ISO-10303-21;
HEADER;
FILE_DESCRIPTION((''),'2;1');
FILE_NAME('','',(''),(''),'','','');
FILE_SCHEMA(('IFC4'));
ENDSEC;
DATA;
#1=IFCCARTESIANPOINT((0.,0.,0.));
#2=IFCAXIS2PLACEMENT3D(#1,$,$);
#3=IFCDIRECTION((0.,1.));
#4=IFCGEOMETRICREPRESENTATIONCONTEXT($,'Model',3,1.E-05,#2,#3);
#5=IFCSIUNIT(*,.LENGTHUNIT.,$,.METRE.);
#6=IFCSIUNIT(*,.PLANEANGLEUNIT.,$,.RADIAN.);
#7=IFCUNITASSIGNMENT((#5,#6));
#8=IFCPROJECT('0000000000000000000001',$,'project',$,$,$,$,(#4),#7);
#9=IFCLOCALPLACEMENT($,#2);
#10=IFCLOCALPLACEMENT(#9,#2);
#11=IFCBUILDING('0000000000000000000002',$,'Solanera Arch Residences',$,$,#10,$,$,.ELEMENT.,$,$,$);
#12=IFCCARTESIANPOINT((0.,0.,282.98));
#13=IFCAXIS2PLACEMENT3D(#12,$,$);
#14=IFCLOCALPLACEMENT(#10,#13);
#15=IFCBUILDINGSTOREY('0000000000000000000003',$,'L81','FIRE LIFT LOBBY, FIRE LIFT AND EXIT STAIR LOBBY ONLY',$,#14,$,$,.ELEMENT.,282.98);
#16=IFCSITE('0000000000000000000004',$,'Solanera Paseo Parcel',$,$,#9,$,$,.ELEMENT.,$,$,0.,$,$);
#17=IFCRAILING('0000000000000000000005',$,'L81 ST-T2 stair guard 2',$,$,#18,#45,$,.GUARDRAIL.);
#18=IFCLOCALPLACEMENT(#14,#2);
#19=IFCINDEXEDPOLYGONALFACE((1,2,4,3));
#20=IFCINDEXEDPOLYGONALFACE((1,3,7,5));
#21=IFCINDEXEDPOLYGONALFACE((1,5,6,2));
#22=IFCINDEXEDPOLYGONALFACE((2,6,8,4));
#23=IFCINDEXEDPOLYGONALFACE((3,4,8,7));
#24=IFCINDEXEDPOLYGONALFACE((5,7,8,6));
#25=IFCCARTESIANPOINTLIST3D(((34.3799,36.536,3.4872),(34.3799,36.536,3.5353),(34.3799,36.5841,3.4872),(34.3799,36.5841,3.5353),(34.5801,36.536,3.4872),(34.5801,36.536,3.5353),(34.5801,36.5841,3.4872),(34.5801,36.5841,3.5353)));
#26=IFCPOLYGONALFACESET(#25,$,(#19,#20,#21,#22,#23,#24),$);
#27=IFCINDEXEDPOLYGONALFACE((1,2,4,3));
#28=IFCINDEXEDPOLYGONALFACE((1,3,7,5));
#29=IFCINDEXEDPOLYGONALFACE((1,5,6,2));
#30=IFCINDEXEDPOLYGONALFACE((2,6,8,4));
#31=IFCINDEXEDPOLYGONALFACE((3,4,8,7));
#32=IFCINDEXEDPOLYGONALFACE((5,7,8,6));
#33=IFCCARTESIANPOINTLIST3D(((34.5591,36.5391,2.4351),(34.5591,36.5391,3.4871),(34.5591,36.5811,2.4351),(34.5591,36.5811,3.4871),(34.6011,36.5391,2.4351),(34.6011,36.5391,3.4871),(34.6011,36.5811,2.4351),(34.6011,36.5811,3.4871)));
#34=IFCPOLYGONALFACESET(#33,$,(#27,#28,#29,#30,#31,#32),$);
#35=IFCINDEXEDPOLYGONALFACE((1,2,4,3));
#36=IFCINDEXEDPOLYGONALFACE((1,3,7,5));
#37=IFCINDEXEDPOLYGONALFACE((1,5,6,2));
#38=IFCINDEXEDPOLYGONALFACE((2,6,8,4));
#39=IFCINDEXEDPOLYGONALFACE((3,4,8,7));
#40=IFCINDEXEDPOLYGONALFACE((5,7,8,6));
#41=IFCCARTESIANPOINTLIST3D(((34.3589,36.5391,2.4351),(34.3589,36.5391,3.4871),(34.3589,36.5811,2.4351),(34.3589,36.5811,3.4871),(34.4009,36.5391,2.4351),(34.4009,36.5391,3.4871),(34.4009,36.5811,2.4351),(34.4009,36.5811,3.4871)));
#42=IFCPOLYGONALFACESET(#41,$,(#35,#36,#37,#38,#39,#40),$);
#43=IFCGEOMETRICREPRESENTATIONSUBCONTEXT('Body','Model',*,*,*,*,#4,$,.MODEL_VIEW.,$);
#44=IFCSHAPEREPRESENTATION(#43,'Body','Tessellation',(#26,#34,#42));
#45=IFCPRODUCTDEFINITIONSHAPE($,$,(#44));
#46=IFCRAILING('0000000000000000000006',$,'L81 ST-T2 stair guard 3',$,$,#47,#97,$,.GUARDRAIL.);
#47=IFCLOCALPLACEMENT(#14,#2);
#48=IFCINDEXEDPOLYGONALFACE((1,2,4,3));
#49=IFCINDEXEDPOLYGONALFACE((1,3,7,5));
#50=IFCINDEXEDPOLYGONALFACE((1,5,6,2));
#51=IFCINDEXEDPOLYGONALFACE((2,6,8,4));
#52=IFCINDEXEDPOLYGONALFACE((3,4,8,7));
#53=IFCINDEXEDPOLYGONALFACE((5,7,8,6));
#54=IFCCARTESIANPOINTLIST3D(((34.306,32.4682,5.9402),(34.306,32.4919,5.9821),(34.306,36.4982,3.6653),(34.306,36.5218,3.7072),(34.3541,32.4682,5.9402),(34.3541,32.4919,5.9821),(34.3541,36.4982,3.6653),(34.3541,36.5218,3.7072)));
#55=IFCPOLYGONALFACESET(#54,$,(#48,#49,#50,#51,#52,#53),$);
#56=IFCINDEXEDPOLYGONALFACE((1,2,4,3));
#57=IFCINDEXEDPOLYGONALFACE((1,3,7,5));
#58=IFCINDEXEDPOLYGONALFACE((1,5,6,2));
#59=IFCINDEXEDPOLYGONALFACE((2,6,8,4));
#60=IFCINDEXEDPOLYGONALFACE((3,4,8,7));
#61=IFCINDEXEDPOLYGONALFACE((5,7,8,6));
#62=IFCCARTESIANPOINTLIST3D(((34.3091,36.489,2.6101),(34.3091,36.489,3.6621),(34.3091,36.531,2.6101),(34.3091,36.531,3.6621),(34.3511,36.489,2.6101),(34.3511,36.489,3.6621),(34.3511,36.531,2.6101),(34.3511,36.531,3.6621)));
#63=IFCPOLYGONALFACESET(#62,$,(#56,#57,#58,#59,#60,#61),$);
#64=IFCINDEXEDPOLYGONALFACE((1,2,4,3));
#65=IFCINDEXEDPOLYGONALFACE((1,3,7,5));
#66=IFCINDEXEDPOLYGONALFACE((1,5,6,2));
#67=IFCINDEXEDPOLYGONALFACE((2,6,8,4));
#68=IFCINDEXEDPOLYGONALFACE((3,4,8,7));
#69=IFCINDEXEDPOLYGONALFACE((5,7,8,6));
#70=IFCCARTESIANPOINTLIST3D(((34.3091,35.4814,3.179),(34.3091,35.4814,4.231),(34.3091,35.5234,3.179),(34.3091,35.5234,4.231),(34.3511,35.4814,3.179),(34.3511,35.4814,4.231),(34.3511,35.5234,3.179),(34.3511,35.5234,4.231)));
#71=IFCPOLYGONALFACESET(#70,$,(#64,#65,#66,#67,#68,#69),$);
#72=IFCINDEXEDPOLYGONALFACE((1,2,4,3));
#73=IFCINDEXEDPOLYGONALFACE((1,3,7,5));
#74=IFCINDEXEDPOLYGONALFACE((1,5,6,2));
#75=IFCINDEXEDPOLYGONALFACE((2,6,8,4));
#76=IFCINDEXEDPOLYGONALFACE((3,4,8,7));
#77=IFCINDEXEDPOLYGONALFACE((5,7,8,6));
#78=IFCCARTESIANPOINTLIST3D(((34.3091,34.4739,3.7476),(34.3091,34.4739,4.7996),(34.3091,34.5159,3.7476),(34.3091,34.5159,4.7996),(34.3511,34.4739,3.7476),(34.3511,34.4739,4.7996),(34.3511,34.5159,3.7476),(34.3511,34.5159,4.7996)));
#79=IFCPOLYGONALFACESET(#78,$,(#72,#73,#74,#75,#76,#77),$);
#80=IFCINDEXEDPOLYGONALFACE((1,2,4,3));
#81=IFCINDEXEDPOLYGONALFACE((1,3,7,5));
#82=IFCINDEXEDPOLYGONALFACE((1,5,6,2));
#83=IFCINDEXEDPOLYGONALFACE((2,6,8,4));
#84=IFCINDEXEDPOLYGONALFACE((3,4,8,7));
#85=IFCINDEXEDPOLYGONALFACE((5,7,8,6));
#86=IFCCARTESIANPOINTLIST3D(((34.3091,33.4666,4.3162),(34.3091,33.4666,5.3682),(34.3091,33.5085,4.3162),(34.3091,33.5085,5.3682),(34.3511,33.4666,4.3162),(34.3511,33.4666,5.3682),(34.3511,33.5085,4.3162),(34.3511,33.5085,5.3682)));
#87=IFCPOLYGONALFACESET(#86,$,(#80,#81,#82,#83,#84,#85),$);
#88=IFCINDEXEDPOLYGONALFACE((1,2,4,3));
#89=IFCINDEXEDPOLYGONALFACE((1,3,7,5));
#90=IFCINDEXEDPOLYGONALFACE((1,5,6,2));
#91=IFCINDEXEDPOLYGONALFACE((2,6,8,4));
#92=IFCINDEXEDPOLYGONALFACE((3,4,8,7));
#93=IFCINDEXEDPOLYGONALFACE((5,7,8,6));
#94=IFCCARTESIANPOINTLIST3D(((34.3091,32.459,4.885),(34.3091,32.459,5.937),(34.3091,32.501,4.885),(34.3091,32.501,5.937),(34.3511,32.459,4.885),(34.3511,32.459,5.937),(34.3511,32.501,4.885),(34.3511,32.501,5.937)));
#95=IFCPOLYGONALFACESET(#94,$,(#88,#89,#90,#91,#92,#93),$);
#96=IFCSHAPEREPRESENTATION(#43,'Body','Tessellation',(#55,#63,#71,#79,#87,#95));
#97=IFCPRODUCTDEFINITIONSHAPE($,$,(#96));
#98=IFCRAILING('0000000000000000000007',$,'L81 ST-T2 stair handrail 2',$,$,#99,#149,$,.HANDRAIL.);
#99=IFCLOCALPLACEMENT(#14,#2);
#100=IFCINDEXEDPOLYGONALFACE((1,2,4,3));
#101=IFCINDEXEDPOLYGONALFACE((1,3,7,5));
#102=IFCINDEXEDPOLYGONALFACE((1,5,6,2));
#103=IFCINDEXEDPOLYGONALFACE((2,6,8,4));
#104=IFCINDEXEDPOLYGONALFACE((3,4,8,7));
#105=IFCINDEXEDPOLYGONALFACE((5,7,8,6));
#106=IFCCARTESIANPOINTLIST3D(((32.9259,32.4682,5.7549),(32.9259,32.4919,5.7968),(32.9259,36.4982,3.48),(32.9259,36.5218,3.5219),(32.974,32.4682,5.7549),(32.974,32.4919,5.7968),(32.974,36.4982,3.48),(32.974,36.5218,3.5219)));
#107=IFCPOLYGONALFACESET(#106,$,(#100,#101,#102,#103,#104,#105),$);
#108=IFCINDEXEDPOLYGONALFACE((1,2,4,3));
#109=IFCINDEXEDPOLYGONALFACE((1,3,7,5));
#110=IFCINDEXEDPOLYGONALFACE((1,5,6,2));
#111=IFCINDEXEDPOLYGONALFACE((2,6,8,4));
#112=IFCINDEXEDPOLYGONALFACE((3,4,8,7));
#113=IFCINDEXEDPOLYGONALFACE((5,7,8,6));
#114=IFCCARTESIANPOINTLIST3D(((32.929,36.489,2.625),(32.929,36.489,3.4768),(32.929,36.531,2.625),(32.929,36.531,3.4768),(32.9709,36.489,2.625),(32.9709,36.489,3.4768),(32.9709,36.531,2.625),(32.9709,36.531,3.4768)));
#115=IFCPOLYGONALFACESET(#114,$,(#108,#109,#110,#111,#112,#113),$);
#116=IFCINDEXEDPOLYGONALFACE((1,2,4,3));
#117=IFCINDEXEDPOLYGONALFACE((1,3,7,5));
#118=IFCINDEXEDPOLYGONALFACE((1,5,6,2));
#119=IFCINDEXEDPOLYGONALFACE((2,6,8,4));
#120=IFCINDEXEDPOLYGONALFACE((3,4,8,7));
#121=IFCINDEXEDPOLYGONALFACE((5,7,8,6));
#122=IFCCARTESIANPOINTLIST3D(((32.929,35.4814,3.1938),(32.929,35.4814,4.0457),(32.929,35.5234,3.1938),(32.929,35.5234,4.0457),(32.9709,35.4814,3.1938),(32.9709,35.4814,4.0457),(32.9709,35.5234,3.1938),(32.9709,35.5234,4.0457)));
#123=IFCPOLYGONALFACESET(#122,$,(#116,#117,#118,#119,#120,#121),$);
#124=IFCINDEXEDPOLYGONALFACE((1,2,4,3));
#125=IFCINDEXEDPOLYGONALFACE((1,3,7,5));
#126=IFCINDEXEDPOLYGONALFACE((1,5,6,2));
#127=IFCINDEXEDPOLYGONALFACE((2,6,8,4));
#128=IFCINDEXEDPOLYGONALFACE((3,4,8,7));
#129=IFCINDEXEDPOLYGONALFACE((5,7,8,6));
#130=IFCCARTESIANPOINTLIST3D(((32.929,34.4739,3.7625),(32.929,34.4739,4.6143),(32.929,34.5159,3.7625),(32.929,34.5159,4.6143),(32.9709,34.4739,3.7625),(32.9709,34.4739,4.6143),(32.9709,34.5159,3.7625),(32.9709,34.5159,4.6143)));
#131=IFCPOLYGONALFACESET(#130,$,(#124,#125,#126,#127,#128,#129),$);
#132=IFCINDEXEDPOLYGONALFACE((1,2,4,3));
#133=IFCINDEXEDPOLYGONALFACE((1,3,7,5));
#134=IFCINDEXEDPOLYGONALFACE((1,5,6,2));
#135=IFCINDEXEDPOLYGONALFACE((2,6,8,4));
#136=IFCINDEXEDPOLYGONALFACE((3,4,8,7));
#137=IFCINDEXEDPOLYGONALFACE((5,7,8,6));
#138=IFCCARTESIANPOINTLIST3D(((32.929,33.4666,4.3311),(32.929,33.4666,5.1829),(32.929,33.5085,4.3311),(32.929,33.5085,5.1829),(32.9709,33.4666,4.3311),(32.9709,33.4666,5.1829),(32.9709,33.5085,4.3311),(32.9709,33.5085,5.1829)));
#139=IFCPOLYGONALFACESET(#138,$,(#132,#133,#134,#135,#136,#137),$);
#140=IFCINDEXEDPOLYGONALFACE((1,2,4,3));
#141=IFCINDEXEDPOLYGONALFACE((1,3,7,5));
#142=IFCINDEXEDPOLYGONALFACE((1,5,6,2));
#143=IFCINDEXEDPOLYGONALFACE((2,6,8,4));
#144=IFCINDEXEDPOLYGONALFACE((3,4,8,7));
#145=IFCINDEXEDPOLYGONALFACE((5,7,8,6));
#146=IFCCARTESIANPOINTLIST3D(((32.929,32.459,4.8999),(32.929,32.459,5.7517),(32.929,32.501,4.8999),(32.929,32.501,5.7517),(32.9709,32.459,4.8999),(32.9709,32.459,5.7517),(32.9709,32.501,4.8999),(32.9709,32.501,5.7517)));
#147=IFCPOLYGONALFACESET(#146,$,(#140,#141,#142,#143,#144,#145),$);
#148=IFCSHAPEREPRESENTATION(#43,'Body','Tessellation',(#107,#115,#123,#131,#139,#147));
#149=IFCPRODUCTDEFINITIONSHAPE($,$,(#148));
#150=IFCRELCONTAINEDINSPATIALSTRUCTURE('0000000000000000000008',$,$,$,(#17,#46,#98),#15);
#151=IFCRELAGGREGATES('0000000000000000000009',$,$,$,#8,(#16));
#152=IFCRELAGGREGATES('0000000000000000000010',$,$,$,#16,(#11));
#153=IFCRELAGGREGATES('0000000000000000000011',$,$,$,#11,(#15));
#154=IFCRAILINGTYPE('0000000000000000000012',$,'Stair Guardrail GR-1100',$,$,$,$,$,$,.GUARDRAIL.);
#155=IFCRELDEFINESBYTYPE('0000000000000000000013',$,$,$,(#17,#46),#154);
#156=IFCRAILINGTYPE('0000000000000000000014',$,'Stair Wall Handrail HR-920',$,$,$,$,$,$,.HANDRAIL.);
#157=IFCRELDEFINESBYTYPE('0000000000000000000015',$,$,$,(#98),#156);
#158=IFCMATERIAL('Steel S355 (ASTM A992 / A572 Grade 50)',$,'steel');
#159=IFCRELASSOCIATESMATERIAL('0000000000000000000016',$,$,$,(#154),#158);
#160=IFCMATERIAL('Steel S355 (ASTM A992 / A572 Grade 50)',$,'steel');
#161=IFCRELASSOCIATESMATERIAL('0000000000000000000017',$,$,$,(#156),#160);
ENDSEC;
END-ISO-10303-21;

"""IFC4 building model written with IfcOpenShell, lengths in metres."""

from ifc_helpers import new_model, si_unit, direction, frame, origin, origin_2d, place, context, subcontext, project, spatial, rectangle, extrude, material, type_object, element, save


model = new_model("IFC4")

# Units and contexts
model_context = context("Model", 3, precision=1e-05, world=origin(), true_north=direction((0.0, 1.0)))
body_context = subcontext(model_context, "Body", "Model", "MODEL_VIEW")
ifc_project = project(units=[si_unit("LENGTHUNIT", "METRE"), si_unit("PLANEANGLEUNIT", "RADIAN")], contexts=[model_context])

# Site, building, storey
site_placement = place(None, origin())
site = spatial("IfcSite", under=ifc_project, at=site_placement, Name="Solanera Paseo Parcel", CompositionType="ELEMENT", RefElevation=0.0)
building_placement = place(site_placement, origin())
building = spatial("IfcBuilding", under=site, at=building_placement, Name="Solanera Arch Residences", CompositionType="ELEMENT")
storey_placement = place(building_placement, frame((0.0, 0.0, 282.98)))
storey = spatial("IfcBuildingStorey", under=building, at=storey_placement, Name="L81", Description="FIRE LIFT LOBBY, FIRE LIFT AND EXIT STAIR LOBBY ONLY", CompositionType="ELEMENT", Elevation=282.98)

# Railings
ifc_material_1 = material(Name="Steel S355 (ASTM A992 / A572 Grade 50)", Category="steel")
railing_type_1 = type_object("IfcRailingType", Name="Stair Guardrail GR-1100", PredefinedType="GUARDRAIL", material=ifc_material_1)
railing_1_placement = place(storey_placement, frame((34.5801, 36.5601, 2.4351)))
element("IfcRailing", 1, at=railing_1_placement, inside=storey, type_object=railing_type_1, Name="L81 ST-T2 stair guard 2", PredefinedType="GUARDRAIL", context=body_context, shape_type="SweptSolid", body=[
    extrude(rectangle(XDim=0.0481, YDim=0.0481, at=origin_2d()), frame((0.0, 0.0, 1.0762), z_axis=(-1.0, 0.0, 0.0), x_axis=(0.0, -1.0, 0.0)), (0.0, 0.0, 1.0), 0.2002),
    extrude(rectangle(XDim=0.042, YDim=0.042, at=origin_2d()), origin(), (0.0, 0.0, 1.0), 1.052),
    extrude(rectangle(XDim=0.042, YDim=0.042, at=origin_2d()), frame((-0.2002, 0.0, 0.0)), (0.0, 0.0, 1.0), 1.052),
])
railing_2_placement = place(storey_placement, frame((34.3301, 36.51, 2.6101)))
element("IfcRailing", 2, at=railing_2_placement, inside=storey, type_object=railing_type_1, Name="L81 ST-T2 stair guard 3", PredefinedType="GUARDRAIL", context=body_context, shape_type="SweptSolid", body=[
    extrude(rectangle(XDim=0.0481, YDim=0.0481, at=origin_2d()), frame((0.0, 0.0, 1.0762), z_axis=(0.0, -0.870835, 0.491576), x_axis=(1.0, 0.0, 0.0)), (0.0, 0.0, 1.0), 4.6277),
    extrude(rectangle(XDim=0.042, YDim=0.042, at=origin_2d()), origin(), (0.0, 0.0, 1.0), 1.052),
    extrude(rectangle(XDim=0.042, YDim=0.042, at=origin_2d()), frame((0.0, -1.0076, 0.5688)), (0.0, 0.0, 1.0), 1.052),
    extrude(rectangle(XDim=0.042, YDim=0.042, at=origin_2d()), frame((0.0, -2.0151, 1.1375)), (0.0, 0.0, 1.0), 1.052),
    extrude(rectangle(XDim=0.042, YDim=0.042, at=origin_2d()), frame((0.0, -3.0225, 1.7061)), (0.0, 0.0, 1.0), 1.052),
    extrude(rectangle(XDim=0.042, YDim=0.042, at=origin_2d()), frame((0.0, -4.03, 2.2749)), (0.0, 0.0, 1.0), 1.052),
])
ifc_material_2 = material(Name="Steel S355 (ASTM A992 / A572 Grade 50)", Category="steel")
railing_type_2 = type_object("IfcRailingType", Name="Stair Wall Handrail HR-920", PredefinedType="HANDRAIL", material=ifc_material_2)
railing_3_placement = place(storey_placement, frame((32.95, 36.51, 2.625)))
element("IfcRailing", 3, at=railing_3_placement, inside=storey, type_object=railing_type_2, Name="L81 ST-T2 stair handrail 2", PredefinedType="HANDRAIL", context=body_context, shape_type="SweptSolid", body=[
    extrude(rectangle(XDim=0.0481, YDim=0.0481, at=origin_2d()), frame((0.0, 0.0, 0.876), z_axis=(0.0, -0.870835, 0.491576), x_axis=(1.0, 0.0, 0.0)), (0.0, 0.0, 1.0), 4.6277),
    extrude(rectangle(XDim=0.042, YDim=0.042, at=origin_2d()), origin(), (0.0, 0.0, 1.0), 0.8518),
    extrude(rectangle(XDim=0.042, YDim=0.042, at=origin_2d()), frame((0.0, -1.0076, 0.5688)), (0.0, 0.0, 1.0), 0.8518),
    extrude(rectangle(XDim=0.042, YDim=0.042, at=origin_2d()), frame((0.0, -2.0151, 1.1375)), (0.0, 0.0, 1.0), 0.8518),
    extrude(rectangle(XDim=0.042, YDim=0.042, at=origin_2d()), frame((0.0, -3.0225, 1.7061)), (0.0, 0.0, 1.0), 0.8518),
    extrude(rectangle(XDim=0.042, YDim=0.042, at=origin_2d()), frame((0.0, -4.03, 2.2749)), (0.0, 0.0, 1.0), 0.8518),
])

save(model, "model.ifc")
